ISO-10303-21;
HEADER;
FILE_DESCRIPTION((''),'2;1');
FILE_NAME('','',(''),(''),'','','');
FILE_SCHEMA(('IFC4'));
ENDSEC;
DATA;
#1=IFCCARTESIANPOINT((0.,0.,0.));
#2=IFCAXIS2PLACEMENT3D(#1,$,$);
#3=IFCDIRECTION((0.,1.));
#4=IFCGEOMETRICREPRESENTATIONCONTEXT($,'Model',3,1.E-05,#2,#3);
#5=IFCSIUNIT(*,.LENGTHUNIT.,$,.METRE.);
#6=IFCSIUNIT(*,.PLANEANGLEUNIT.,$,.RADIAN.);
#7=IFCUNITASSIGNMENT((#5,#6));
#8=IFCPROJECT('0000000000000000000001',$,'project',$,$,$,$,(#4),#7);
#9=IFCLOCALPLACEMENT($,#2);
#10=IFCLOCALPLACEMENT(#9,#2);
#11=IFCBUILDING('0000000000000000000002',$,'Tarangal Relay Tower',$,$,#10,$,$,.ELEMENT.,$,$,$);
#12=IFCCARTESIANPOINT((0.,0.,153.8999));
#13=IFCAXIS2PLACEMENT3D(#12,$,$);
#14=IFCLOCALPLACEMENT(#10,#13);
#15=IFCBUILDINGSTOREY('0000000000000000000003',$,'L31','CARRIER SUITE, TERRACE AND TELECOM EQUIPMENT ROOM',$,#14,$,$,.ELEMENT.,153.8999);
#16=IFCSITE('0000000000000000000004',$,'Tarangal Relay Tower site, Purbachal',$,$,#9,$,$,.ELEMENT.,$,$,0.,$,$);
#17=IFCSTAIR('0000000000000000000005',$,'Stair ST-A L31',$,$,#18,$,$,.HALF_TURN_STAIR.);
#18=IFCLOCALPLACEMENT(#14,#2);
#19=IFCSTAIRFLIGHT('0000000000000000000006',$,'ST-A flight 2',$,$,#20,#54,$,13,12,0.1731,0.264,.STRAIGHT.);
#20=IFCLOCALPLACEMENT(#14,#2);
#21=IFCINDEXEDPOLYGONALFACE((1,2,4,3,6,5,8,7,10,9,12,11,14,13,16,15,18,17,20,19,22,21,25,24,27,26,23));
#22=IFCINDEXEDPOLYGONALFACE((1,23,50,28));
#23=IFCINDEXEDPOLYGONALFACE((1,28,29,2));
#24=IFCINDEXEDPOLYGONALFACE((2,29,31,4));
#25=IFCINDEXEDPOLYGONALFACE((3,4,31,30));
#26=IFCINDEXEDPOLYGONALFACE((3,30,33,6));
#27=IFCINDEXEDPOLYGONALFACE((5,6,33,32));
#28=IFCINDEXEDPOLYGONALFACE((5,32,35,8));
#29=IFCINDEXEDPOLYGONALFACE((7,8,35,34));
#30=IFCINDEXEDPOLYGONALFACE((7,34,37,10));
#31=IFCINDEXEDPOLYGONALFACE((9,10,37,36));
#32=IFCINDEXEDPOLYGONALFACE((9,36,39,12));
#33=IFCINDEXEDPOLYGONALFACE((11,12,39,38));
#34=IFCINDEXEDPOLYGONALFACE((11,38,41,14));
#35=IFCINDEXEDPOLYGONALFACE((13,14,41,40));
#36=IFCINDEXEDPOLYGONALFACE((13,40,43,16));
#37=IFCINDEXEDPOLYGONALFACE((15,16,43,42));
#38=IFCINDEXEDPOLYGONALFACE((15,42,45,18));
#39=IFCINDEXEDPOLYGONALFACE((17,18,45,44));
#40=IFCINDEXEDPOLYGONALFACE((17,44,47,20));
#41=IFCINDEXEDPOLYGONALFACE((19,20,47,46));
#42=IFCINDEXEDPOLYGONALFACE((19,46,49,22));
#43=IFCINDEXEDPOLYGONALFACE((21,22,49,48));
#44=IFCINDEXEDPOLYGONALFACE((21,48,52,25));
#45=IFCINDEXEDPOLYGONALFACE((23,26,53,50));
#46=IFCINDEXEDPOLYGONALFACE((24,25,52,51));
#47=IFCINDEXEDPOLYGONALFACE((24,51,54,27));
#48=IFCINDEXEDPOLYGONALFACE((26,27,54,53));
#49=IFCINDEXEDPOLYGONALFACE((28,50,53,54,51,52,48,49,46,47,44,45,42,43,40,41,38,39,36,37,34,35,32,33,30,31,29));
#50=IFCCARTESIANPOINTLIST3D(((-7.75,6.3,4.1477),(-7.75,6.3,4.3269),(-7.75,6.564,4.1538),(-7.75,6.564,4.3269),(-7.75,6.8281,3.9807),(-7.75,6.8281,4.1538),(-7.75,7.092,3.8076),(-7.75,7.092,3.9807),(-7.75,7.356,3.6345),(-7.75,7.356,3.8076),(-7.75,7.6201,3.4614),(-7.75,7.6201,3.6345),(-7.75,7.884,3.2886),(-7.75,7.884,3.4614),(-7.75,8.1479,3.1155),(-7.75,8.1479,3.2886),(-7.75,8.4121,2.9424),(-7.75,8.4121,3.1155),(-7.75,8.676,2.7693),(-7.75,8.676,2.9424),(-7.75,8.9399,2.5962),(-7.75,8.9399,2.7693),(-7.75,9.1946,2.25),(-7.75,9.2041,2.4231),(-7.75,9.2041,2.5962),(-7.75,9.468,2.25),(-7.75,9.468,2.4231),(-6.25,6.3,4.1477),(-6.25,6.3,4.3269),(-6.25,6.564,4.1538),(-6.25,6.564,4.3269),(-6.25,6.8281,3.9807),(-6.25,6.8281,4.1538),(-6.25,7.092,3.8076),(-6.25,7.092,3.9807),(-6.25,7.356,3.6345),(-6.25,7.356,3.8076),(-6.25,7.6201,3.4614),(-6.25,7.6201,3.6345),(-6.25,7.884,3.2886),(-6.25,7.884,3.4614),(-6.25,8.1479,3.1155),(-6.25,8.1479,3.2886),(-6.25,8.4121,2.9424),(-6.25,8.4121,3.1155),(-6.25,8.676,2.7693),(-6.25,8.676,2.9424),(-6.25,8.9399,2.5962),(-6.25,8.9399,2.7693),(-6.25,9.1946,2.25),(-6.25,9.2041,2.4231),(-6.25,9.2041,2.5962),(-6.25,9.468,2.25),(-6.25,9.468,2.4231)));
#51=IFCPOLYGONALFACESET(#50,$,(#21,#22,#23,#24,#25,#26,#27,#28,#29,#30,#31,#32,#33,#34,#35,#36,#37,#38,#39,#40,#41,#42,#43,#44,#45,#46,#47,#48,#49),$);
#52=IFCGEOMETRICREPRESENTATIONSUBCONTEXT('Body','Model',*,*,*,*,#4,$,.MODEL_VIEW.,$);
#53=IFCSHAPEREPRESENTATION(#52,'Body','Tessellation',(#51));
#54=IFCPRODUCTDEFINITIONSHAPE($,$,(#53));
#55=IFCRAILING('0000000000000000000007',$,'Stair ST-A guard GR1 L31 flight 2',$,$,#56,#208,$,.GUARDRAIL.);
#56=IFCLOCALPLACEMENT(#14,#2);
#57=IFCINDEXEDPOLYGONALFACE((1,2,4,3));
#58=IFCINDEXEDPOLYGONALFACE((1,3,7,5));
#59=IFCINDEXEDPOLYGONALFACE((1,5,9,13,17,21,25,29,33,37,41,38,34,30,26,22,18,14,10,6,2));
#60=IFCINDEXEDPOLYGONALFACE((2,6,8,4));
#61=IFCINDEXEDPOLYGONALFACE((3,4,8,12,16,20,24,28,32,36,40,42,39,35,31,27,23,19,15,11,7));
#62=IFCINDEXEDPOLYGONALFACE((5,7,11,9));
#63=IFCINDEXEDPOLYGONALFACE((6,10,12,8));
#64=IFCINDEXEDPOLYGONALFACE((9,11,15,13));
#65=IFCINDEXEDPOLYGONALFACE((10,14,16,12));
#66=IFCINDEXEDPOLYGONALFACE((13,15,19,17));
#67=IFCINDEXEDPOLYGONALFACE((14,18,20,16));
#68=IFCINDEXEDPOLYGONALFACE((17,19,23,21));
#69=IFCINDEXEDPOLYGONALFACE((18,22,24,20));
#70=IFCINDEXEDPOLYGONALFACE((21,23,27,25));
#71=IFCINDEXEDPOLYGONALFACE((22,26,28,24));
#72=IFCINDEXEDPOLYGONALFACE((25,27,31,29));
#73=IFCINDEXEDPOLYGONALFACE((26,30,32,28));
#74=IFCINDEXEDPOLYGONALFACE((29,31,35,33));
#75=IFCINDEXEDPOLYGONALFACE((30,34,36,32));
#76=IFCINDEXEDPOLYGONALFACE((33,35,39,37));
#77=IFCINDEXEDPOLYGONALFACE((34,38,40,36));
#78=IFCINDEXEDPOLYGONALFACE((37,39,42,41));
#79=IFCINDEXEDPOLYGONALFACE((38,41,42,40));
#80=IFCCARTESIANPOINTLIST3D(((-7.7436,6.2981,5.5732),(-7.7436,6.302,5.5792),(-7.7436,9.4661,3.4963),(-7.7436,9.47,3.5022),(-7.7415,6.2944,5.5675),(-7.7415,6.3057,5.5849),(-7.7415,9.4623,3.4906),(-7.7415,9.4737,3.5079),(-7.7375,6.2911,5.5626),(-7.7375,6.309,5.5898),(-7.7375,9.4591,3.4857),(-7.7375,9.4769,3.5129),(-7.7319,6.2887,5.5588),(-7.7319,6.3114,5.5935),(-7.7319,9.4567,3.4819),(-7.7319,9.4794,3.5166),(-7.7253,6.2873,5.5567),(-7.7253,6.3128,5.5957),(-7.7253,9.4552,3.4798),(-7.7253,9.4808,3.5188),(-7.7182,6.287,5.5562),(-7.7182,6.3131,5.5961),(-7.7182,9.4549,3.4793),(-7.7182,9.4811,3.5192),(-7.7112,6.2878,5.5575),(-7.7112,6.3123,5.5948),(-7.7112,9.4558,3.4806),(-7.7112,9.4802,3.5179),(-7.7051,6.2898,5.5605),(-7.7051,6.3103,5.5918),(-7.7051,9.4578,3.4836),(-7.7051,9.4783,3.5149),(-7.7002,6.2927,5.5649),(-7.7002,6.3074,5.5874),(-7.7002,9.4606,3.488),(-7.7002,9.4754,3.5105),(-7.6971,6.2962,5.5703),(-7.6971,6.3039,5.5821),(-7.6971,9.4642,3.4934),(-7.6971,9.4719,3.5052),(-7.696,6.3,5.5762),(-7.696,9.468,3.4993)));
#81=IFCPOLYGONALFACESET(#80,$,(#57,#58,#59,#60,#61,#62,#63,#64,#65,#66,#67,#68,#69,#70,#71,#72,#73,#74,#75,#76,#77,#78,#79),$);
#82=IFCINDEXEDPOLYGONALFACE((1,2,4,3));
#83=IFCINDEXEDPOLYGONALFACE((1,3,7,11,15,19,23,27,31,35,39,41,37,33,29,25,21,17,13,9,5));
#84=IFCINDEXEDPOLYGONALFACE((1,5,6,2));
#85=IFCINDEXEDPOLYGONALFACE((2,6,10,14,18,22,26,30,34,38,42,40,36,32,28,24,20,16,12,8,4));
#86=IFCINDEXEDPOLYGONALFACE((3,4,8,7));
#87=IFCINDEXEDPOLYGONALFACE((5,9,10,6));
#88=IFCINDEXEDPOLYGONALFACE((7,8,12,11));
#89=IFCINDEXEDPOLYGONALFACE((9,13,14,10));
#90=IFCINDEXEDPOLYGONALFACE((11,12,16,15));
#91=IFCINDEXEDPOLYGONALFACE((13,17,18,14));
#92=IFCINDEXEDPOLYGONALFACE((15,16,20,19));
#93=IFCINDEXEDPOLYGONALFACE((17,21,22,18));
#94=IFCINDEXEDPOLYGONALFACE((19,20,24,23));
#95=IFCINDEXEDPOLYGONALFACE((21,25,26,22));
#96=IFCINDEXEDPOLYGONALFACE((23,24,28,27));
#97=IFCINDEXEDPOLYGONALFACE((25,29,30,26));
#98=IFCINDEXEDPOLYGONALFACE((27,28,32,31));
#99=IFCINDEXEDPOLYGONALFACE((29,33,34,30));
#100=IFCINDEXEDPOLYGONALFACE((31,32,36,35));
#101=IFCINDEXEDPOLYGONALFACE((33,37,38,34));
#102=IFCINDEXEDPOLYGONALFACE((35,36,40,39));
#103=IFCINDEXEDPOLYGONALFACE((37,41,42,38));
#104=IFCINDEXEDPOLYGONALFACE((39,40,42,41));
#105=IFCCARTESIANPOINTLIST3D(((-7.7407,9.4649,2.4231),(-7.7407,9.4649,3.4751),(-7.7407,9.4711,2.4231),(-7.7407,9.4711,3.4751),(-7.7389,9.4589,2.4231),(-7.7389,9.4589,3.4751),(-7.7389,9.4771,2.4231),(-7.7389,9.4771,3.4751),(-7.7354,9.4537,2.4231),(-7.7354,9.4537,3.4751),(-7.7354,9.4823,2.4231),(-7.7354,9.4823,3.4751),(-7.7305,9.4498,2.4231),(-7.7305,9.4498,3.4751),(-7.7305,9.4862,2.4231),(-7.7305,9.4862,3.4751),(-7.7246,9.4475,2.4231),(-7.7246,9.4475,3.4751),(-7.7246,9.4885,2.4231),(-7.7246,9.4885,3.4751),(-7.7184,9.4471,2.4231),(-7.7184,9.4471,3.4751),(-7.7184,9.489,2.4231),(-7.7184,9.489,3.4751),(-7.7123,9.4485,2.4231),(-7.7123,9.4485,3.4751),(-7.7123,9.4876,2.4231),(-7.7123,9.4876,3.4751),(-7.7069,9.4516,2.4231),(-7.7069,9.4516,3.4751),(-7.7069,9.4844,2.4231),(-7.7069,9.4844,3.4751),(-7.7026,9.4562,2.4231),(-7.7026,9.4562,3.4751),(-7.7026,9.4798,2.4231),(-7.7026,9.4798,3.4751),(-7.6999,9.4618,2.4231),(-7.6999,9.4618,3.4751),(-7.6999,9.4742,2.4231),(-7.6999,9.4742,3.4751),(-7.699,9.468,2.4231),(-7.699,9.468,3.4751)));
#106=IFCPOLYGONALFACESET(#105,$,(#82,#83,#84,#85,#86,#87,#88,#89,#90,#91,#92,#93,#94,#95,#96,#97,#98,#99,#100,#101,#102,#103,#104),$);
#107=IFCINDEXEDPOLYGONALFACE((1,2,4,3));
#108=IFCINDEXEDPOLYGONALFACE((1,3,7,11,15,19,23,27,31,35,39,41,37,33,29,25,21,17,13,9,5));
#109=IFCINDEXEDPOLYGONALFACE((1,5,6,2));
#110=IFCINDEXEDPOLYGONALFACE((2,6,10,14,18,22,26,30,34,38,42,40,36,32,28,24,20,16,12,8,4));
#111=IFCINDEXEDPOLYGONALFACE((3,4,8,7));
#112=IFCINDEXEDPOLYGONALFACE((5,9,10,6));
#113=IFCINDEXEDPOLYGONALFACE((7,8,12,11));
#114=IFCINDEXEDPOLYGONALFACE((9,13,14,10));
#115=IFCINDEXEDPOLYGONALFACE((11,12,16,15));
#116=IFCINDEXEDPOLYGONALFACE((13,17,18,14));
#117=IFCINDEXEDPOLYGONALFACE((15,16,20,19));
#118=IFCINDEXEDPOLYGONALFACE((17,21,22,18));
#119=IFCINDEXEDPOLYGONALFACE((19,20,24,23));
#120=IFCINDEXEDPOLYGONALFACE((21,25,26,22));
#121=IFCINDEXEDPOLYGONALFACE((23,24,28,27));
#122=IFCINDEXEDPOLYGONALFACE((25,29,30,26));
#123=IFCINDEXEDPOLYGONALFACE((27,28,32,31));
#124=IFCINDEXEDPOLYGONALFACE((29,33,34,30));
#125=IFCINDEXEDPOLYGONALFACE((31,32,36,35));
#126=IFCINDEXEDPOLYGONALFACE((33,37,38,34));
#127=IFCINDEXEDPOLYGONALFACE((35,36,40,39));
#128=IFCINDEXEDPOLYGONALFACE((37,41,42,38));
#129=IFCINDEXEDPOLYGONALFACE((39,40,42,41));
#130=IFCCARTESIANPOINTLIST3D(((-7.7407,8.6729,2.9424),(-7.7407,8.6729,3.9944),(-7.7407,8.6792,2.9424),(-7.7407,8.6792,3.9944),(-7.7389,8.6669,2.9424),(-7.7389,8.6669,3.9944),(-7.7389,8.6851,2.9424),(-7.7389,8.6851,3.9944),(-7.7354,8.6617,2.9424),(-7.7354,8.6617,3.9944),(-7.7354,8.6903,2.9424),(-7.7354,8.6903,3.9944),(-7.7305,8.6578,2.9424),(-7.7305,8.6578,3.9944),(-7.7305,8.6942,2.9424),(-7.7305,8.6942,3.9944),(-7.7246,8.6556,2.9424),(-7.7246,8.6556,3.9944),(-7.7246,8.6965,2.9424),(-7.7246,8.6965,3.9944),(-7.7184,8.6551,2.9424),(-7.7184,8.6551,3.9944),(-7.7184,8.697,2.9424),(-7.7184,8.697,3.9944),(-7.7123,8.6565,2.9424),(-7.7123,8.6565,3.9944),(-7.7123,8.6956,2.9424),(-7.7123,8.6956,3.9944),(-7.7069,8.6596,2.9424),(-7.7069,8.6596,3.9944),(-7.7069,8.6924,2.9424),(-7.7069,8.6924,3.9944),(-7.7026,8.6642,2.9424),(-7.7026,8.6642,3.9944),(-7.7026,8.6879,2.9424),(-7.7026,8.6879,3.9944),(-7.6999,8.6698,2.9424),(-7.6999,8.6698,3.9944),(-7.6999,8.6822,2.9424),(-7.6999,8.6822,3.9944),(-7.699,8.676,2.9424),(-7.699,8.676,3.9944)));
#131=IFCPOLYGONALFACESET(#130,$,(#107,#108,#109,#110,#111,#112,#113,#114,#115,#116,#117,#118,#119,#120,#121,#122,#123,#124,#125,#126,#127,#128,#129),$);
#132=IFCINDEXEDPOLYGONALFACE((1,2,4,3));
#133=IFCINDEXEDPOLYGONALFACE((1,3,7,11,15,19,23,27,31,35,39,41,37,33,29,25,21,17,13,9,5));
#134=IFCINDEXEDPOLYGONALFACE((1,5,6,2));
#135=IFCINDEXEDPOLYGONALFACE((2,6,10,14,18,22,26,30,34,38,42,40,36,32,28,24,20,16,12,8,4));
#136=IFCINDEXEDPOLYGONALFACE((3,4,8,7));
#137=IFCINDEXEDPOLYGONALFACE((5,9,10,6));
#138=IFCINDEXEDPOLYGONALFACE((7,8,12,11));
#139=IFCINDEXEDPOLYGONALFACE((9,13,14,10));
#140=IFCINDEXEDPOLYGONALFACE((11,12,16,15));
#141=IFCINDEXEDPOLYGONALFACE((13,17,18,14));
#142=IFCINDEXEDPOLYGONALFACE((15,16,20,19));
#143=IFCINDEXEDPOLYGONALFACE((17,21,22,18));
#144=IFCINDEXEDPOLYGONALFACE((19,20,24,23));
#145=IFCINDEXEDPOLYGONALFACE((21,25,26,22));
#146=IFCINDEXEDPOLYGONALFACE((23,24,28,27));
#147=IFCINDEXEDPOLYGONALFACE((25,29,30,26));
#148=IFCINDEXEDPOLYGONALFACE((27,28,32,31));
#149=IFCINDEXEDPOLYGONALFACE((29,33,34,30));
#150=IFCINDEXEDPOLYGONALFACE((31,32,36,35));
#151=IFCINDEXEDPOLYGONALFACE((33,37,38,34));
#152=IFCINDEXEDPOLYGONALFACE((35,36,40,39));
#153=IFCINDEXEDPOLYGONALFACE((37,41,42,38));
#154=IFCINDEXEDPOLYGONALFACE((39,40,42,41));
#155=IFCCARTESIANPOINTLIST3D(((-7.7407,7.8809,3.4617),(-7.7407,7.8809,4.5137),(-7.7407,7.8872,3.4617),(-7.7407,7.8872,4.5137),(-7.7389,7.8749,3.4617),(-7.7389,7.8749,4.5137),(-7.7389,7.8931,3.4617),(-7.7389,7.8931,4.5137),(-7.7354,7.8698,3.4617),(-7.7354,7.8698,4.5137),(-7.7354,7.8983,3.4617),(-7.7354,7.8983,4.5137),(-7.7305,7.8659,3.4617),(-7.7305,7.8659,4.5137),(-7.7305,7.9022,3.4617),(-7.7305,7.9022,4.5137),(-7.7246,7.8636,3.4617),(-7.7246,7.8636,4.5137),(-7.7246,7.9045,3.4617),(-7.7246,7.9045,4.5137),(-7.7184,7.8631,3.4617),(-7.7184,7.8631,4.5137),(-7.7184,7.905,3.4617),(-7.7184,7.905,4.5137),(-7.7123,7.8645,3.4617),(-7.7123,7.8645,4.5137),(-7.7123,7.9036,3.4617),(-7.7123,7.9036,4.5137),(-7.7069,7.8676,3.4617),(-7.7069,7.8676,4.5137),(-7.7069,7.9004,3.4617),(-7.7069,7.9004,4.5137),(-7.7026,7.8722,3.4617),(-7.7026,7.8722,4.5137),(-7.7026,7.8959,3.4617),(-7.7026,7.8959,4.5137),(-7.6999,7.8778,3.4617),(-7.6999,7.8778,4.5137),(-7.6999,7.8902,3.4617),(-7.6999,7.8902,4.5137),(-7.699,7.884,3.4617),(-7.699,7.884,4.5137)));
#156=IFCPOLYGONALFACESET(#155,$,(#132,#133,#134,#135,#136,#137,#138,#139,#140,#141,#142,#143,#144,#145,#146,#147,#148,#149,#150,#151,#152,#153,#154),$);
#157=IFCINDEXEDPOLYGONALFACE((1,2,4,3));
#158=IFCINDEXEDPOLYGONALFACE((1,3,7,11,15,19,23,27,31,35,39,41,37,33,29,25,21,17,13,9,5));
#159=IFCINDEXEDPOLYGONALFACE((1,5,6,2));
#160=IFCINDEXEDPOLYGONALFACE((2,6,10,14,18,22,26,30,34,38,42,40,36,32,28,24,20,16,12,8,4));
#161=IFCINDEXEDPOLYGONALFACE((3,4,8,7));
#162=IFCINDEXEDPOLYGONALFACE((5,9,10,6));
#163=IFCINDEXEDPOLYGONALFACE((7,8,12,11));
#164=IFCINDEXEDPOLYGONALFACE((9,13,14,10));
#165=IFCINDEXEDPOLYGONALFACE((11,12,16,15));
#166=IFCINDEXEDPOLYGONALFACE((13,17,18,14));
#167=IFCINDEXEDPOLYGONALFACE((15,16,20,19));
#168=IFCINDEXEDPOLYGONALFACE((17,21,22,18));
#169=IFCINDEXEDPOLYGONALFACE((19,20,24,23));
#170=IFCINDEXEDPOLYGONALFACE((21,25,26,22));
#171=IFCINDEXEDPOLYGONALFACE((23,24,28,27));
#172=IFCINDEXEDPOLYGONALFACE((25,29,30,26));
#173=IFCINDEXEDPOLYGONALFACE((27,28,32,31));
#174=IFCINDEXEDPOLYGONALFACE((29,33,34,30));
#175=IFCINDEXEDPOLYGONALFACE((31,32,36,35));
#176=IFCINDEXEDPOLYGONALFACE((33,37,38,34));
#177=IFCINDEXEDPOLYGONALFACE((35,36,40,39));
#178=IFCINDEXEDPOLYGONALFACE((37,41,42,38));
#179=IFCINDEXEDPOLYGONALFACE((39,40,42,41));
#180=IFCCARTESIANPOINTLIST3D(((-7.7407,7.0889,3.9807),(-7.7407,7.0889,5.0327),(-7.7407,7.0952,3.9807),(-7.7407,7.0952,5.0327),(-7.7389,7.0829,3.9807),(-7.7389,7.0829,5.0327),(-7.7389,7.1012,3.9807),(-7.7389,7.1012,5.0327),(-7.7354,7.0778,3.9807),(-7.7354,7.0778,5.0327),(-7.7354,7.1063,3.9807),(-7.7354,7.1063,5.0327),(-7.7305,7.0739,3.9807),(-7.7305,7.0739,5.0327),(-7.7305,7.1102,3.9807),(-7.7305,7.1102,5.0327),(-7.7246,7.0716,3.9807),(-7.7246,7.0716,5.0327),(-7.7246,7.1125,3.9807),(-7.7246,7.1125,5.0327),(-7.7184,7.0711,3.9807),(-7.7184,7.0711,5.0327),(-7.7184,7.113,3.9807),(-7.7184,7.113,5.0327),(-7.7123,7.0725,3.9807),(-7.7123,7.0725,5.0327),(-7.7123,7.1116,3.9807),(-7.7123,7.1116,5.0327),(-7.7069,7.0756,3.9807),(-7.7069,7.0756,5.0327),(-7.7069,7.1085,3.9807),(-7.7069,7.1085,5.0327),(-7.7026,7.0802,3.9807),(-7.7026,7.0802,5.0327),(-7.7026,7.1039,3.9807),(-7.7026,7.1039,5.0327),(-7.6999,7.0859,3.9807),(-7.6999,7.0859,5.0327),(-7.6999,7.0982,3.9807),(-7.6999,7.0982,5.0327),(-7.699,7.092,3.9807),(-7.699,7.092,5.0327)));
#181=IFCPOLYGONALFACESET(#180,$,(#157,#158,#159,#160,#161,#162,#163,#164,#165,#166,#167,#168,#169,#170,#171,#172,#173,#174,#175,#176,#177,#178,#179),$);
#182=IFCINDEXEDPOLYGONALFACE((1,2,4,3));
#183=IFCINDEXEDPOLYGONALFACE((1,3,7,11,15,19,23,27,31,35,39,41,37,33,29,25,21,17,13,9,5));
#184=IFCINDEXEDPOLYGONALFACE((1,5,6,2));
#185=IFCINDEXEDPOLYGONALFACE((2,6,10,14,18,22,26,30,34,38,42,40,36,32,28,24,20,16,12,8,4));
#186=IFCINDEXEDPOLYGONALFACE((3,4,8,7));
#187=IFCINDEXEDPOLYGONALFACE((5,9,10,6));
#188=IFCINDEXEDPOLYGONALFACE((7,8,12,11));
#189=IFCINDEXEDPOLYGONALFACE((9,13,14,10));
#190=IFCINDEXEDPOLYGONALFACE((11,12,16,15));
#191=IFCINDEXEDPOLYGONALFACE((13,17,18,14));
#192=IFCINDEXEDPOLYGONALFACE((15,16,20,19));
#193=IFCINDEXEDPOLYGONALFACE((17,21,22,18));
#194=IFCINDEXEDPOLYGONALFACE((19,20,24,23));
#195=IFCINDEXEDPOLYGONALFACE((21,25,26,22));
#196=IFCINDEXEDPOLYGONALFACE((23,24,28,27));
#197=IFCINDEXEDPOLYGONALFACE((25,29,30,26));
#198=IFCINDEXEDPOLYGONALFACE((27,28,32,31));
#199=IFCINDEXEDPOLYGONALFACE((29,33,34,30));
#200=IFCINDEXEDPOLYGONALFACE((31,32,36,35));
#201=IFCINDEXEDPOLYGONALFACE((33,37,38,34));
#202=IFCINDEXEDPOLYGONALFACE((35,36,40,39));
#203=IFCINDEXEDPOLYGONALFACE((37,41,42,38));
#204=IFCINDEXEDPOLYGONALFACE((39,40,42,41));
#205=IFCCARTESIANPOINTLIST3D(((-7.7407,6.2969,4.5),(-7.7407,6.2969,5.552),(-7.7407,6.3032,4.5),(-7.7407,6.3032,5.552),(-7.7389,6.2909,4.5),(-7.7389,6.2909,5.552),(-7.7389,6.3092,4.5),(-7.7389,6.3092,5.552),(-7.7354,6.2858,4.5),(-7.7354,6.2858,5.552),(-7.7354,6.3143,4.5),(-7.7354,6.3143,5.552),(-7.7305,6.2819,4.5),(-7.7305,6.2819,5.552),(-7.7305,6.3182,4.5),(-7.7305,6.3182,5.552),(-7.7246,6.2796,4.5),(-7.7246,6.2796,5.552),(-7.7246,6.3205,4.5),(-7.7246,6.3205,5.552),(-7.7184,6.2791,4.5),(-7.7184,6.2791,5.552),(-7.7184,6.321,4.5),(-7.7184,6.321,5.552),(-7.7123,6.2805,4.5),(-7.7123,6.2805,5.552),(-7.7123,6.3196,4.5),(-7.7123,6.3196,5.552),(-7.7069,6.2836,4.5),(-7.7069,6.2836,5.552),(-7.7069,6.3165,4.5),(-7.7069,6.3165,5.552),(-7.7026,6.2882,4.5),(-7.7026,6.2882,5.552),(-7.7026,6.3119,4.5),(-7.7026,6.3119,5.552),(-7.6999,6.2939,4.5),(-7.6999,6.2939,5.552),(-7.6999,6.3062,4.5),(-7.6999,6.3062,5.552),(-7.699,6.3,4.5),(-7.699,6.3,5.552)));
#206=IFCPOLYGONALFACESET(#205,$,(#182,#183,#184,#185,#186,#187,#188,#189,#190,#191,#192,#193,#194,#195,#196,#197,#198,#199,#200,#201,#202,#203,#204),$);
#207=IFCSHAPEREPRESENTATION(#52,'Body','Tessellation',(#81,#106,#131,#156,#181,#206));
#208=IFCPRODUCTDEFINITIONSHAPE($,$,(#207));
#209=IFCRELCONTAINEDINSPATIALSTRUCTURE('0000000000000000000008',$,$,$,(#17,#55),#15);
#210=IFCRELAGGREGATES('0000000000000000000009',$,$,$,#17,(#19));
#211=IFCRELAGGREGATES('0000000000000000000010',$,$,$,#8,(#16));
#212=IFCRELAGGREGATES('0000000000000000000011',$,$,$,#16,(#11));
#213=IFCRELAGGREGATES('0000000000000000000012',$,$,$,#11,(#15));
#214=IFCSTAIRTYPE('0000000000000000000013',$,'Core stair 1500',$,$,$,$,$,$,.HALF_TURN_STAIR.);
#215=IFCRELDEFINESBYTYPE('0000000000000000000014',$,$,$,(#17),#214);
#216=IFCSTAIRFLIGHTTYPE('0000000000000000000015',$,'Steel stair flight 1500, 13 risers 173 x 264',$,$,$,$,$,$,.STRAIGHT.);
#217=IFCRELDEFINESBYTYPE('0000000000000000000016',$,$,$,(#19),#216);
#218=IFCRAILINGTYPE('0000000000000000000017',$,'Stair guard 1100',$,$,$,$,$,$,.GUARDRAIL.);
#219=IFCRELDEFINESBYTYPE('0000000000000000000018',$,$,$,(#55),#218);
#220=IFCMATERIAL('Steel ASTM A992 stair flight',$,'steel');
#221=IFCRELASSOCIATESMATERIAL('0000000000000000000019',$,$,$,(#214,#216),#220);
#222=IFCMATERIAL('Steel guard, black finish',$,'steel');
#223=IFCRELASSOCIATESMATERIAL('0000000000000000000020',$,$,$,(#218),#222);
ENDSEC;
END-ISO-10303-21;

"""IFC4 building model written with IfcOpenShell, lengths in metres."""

from ifc_helpers import new_model, si_unit, direction, frame, origin, origin_2d, place, context, subcontext, project, spatial, polyline, circle, outline, extrude, material, type_object, element, aggregate, save


model = new_model("IFC4")

# Units and contexts
model_context = context("Model", 3, precision=1e-05, world=origin(), true_north=direction((0.0, 1.0)))
body_context = subcontext(model_context, "Body", "Model", "MODEL_VIEW")
ifc_project = project(units=[si_unit("LENGTHUNIT", "METRE"), si_unit("PLANEANGLEUNIT", "RADIAN")], contexts=[model_context])

# Site, building, storey
site_placement = place(None, origin())
site = spatial("IfcSite", under=ifc_project, at=site_placement, Name="Tarangal Relay Tower site, Purbachal", CompositionType="ELEMENT", RefElevation=0.0)
building_placement = place(site_placement, origin())
building = spatial("IfcBuilding", under=site, at=building_placement, Name="Tarangal Relay Tower", CompositionType="ELEMENT")
storey_placement = place(building_placement, frame((0.0, 0.0, 153.8999)))
storey = spatial("IfcBuildingStorey", under=building, at=storey_placement, Name="L31", Description="CARRIER SUITE, TERRACE AND TELECOM EQUIPMENT ROOM", CompositionType="ELEMENT", Elevation=153.8999)

# Stair, stair flight
ifc_material_1 = material(Name="Steel ASTM A992 stair flight", Category="steel")
stair_type = type_object("IfcStairType", Name="Core stair 1500", PredefinedType="HALF_TURN_STAIR", material=ifc_material_1)
stair_placement = place(storey_placement, origin())
stair = element("IfcStair", 1, at=stair_placement, inside=storey, type_object=stair_type, Name="Stair ST-A L31", PredefinedType="HALF_TURN_STAIR")
stair_flight_type = type_object("IfcStairFlightType", Name="Steel stair flight 1500, 13 risers 173 x 264", PredefinedType="STRAIGHT", material=ifc_material_1)
stair_flight_placement = place(storey_placement, frame((-7.0, 9.468, 2.25), z_axis=(0.0, 0.0, 1.0), x_axis=(0.0, -1.0, 0.0)))
stair_flight = element("IfcStairFlight", 2, at=stair_flight_placement, type_object=stair_flight_type, Name="ST-A flight 2", NumberOfRisers=13, NumberOfTreads=12, PredefinedType="STRAIGHT", RiserHeight=0.1731, TreadLength=0.264, context=body_context, shape_type="SweptSolid", body=[
    extrude(outline(polyline([(0.0, 0.0), (0.0, 0.1731), (0.2639, 0.1731), (0.2639, 0.3462), (0.5281, 0.3462), (0.5281, 0.5193), (0.792, 0.5193), (0.792, 0.6924), (1.0559, 0.6924), (1.0559, 0.8655), (1.3201, 0.8655), (1.3201, 1.0386), (1.584, 1.0386), (1.584, 1.2114), (1.8479, 1.2114), (1.8479, 1.3845), (2.1121, 1.3845), (2.1121, 1.5576), (2.376, 1.5576), (2.376, 1.7307), (2.6399, 1.7307), (2.6399, 1.9038), (2.9041, 1.9038), (2.9041, 2.0769), (3.168, 2.0769), (3.168, 2.25), (3.168, 1.8977), (0.2734, 0.0), (0.0, 0.0)])), frame((0.0, 0.75, 0.0), z_axis=(0.0, -1.0, 0.0), x_axis=(1.0, 0.0, 0.0)), (0.0, 0.0, 1.0), 1.5),
])
aggregate(stair, [stair_flight])

# Railing
ifc_material_2 = material(Name="Steel guard, black finish", Category="steel")
railing_type_1 = type_object("IfcRailingType", Name="Stair guard 1100", PredefinedType="GUARDRAIL", material=ifc_material_2)
railing_1_placement = place(storey_placement, frame((-7.72, 9.468, 2.4231)))
element("IfcRailing", 3, at=railing_1_placement, inside=storey, type_object=railing_type_1, Name="Stair ST-A guard GR1 L31 flight 2", PredefinedType="GUARDRAIL", context=body_context, shape_type="SweptSolid", body=[
    extrude(circle(Radius=0.0239, at=origin_2d()), frame((0.0, 0.0, 1.0762), z_axis=(0.0, -0.836299, 0.548273), x_axis=(1.0, 0.0, 0.0)), (0.0, 0.0, 1.0), 3.7881),
    extrude(circle(Radius=0.021, at=origin_2d()), origin(), (0.0, 0.0, 1.0), 1.052),
    extrude(circle(Radius=0.021, at=origin_2d()), frame((0.0, -0.792, 0.5193)), (0.0, 0.0, 1.0), 1.052),
    extrude(circle(Radius=0.021, at=origin_2d()), frame((0.0, -1.584, 1.0386)), (0.0, 0.0, 1.0), 1.052),
    extrude(circle(Radius=0.021, at=origin_2d()), frame((0.0, -2.376, 1.5576)), (0.0, 0.0, 1.0), 1.052),
    extrude(circle(Radius=0.021, at=origin_2d()), frame((0.0, -3.168, 2.0769)), (0.0, 0.0, 1.0), 1.052),
])

save(model, "model.ifc")
